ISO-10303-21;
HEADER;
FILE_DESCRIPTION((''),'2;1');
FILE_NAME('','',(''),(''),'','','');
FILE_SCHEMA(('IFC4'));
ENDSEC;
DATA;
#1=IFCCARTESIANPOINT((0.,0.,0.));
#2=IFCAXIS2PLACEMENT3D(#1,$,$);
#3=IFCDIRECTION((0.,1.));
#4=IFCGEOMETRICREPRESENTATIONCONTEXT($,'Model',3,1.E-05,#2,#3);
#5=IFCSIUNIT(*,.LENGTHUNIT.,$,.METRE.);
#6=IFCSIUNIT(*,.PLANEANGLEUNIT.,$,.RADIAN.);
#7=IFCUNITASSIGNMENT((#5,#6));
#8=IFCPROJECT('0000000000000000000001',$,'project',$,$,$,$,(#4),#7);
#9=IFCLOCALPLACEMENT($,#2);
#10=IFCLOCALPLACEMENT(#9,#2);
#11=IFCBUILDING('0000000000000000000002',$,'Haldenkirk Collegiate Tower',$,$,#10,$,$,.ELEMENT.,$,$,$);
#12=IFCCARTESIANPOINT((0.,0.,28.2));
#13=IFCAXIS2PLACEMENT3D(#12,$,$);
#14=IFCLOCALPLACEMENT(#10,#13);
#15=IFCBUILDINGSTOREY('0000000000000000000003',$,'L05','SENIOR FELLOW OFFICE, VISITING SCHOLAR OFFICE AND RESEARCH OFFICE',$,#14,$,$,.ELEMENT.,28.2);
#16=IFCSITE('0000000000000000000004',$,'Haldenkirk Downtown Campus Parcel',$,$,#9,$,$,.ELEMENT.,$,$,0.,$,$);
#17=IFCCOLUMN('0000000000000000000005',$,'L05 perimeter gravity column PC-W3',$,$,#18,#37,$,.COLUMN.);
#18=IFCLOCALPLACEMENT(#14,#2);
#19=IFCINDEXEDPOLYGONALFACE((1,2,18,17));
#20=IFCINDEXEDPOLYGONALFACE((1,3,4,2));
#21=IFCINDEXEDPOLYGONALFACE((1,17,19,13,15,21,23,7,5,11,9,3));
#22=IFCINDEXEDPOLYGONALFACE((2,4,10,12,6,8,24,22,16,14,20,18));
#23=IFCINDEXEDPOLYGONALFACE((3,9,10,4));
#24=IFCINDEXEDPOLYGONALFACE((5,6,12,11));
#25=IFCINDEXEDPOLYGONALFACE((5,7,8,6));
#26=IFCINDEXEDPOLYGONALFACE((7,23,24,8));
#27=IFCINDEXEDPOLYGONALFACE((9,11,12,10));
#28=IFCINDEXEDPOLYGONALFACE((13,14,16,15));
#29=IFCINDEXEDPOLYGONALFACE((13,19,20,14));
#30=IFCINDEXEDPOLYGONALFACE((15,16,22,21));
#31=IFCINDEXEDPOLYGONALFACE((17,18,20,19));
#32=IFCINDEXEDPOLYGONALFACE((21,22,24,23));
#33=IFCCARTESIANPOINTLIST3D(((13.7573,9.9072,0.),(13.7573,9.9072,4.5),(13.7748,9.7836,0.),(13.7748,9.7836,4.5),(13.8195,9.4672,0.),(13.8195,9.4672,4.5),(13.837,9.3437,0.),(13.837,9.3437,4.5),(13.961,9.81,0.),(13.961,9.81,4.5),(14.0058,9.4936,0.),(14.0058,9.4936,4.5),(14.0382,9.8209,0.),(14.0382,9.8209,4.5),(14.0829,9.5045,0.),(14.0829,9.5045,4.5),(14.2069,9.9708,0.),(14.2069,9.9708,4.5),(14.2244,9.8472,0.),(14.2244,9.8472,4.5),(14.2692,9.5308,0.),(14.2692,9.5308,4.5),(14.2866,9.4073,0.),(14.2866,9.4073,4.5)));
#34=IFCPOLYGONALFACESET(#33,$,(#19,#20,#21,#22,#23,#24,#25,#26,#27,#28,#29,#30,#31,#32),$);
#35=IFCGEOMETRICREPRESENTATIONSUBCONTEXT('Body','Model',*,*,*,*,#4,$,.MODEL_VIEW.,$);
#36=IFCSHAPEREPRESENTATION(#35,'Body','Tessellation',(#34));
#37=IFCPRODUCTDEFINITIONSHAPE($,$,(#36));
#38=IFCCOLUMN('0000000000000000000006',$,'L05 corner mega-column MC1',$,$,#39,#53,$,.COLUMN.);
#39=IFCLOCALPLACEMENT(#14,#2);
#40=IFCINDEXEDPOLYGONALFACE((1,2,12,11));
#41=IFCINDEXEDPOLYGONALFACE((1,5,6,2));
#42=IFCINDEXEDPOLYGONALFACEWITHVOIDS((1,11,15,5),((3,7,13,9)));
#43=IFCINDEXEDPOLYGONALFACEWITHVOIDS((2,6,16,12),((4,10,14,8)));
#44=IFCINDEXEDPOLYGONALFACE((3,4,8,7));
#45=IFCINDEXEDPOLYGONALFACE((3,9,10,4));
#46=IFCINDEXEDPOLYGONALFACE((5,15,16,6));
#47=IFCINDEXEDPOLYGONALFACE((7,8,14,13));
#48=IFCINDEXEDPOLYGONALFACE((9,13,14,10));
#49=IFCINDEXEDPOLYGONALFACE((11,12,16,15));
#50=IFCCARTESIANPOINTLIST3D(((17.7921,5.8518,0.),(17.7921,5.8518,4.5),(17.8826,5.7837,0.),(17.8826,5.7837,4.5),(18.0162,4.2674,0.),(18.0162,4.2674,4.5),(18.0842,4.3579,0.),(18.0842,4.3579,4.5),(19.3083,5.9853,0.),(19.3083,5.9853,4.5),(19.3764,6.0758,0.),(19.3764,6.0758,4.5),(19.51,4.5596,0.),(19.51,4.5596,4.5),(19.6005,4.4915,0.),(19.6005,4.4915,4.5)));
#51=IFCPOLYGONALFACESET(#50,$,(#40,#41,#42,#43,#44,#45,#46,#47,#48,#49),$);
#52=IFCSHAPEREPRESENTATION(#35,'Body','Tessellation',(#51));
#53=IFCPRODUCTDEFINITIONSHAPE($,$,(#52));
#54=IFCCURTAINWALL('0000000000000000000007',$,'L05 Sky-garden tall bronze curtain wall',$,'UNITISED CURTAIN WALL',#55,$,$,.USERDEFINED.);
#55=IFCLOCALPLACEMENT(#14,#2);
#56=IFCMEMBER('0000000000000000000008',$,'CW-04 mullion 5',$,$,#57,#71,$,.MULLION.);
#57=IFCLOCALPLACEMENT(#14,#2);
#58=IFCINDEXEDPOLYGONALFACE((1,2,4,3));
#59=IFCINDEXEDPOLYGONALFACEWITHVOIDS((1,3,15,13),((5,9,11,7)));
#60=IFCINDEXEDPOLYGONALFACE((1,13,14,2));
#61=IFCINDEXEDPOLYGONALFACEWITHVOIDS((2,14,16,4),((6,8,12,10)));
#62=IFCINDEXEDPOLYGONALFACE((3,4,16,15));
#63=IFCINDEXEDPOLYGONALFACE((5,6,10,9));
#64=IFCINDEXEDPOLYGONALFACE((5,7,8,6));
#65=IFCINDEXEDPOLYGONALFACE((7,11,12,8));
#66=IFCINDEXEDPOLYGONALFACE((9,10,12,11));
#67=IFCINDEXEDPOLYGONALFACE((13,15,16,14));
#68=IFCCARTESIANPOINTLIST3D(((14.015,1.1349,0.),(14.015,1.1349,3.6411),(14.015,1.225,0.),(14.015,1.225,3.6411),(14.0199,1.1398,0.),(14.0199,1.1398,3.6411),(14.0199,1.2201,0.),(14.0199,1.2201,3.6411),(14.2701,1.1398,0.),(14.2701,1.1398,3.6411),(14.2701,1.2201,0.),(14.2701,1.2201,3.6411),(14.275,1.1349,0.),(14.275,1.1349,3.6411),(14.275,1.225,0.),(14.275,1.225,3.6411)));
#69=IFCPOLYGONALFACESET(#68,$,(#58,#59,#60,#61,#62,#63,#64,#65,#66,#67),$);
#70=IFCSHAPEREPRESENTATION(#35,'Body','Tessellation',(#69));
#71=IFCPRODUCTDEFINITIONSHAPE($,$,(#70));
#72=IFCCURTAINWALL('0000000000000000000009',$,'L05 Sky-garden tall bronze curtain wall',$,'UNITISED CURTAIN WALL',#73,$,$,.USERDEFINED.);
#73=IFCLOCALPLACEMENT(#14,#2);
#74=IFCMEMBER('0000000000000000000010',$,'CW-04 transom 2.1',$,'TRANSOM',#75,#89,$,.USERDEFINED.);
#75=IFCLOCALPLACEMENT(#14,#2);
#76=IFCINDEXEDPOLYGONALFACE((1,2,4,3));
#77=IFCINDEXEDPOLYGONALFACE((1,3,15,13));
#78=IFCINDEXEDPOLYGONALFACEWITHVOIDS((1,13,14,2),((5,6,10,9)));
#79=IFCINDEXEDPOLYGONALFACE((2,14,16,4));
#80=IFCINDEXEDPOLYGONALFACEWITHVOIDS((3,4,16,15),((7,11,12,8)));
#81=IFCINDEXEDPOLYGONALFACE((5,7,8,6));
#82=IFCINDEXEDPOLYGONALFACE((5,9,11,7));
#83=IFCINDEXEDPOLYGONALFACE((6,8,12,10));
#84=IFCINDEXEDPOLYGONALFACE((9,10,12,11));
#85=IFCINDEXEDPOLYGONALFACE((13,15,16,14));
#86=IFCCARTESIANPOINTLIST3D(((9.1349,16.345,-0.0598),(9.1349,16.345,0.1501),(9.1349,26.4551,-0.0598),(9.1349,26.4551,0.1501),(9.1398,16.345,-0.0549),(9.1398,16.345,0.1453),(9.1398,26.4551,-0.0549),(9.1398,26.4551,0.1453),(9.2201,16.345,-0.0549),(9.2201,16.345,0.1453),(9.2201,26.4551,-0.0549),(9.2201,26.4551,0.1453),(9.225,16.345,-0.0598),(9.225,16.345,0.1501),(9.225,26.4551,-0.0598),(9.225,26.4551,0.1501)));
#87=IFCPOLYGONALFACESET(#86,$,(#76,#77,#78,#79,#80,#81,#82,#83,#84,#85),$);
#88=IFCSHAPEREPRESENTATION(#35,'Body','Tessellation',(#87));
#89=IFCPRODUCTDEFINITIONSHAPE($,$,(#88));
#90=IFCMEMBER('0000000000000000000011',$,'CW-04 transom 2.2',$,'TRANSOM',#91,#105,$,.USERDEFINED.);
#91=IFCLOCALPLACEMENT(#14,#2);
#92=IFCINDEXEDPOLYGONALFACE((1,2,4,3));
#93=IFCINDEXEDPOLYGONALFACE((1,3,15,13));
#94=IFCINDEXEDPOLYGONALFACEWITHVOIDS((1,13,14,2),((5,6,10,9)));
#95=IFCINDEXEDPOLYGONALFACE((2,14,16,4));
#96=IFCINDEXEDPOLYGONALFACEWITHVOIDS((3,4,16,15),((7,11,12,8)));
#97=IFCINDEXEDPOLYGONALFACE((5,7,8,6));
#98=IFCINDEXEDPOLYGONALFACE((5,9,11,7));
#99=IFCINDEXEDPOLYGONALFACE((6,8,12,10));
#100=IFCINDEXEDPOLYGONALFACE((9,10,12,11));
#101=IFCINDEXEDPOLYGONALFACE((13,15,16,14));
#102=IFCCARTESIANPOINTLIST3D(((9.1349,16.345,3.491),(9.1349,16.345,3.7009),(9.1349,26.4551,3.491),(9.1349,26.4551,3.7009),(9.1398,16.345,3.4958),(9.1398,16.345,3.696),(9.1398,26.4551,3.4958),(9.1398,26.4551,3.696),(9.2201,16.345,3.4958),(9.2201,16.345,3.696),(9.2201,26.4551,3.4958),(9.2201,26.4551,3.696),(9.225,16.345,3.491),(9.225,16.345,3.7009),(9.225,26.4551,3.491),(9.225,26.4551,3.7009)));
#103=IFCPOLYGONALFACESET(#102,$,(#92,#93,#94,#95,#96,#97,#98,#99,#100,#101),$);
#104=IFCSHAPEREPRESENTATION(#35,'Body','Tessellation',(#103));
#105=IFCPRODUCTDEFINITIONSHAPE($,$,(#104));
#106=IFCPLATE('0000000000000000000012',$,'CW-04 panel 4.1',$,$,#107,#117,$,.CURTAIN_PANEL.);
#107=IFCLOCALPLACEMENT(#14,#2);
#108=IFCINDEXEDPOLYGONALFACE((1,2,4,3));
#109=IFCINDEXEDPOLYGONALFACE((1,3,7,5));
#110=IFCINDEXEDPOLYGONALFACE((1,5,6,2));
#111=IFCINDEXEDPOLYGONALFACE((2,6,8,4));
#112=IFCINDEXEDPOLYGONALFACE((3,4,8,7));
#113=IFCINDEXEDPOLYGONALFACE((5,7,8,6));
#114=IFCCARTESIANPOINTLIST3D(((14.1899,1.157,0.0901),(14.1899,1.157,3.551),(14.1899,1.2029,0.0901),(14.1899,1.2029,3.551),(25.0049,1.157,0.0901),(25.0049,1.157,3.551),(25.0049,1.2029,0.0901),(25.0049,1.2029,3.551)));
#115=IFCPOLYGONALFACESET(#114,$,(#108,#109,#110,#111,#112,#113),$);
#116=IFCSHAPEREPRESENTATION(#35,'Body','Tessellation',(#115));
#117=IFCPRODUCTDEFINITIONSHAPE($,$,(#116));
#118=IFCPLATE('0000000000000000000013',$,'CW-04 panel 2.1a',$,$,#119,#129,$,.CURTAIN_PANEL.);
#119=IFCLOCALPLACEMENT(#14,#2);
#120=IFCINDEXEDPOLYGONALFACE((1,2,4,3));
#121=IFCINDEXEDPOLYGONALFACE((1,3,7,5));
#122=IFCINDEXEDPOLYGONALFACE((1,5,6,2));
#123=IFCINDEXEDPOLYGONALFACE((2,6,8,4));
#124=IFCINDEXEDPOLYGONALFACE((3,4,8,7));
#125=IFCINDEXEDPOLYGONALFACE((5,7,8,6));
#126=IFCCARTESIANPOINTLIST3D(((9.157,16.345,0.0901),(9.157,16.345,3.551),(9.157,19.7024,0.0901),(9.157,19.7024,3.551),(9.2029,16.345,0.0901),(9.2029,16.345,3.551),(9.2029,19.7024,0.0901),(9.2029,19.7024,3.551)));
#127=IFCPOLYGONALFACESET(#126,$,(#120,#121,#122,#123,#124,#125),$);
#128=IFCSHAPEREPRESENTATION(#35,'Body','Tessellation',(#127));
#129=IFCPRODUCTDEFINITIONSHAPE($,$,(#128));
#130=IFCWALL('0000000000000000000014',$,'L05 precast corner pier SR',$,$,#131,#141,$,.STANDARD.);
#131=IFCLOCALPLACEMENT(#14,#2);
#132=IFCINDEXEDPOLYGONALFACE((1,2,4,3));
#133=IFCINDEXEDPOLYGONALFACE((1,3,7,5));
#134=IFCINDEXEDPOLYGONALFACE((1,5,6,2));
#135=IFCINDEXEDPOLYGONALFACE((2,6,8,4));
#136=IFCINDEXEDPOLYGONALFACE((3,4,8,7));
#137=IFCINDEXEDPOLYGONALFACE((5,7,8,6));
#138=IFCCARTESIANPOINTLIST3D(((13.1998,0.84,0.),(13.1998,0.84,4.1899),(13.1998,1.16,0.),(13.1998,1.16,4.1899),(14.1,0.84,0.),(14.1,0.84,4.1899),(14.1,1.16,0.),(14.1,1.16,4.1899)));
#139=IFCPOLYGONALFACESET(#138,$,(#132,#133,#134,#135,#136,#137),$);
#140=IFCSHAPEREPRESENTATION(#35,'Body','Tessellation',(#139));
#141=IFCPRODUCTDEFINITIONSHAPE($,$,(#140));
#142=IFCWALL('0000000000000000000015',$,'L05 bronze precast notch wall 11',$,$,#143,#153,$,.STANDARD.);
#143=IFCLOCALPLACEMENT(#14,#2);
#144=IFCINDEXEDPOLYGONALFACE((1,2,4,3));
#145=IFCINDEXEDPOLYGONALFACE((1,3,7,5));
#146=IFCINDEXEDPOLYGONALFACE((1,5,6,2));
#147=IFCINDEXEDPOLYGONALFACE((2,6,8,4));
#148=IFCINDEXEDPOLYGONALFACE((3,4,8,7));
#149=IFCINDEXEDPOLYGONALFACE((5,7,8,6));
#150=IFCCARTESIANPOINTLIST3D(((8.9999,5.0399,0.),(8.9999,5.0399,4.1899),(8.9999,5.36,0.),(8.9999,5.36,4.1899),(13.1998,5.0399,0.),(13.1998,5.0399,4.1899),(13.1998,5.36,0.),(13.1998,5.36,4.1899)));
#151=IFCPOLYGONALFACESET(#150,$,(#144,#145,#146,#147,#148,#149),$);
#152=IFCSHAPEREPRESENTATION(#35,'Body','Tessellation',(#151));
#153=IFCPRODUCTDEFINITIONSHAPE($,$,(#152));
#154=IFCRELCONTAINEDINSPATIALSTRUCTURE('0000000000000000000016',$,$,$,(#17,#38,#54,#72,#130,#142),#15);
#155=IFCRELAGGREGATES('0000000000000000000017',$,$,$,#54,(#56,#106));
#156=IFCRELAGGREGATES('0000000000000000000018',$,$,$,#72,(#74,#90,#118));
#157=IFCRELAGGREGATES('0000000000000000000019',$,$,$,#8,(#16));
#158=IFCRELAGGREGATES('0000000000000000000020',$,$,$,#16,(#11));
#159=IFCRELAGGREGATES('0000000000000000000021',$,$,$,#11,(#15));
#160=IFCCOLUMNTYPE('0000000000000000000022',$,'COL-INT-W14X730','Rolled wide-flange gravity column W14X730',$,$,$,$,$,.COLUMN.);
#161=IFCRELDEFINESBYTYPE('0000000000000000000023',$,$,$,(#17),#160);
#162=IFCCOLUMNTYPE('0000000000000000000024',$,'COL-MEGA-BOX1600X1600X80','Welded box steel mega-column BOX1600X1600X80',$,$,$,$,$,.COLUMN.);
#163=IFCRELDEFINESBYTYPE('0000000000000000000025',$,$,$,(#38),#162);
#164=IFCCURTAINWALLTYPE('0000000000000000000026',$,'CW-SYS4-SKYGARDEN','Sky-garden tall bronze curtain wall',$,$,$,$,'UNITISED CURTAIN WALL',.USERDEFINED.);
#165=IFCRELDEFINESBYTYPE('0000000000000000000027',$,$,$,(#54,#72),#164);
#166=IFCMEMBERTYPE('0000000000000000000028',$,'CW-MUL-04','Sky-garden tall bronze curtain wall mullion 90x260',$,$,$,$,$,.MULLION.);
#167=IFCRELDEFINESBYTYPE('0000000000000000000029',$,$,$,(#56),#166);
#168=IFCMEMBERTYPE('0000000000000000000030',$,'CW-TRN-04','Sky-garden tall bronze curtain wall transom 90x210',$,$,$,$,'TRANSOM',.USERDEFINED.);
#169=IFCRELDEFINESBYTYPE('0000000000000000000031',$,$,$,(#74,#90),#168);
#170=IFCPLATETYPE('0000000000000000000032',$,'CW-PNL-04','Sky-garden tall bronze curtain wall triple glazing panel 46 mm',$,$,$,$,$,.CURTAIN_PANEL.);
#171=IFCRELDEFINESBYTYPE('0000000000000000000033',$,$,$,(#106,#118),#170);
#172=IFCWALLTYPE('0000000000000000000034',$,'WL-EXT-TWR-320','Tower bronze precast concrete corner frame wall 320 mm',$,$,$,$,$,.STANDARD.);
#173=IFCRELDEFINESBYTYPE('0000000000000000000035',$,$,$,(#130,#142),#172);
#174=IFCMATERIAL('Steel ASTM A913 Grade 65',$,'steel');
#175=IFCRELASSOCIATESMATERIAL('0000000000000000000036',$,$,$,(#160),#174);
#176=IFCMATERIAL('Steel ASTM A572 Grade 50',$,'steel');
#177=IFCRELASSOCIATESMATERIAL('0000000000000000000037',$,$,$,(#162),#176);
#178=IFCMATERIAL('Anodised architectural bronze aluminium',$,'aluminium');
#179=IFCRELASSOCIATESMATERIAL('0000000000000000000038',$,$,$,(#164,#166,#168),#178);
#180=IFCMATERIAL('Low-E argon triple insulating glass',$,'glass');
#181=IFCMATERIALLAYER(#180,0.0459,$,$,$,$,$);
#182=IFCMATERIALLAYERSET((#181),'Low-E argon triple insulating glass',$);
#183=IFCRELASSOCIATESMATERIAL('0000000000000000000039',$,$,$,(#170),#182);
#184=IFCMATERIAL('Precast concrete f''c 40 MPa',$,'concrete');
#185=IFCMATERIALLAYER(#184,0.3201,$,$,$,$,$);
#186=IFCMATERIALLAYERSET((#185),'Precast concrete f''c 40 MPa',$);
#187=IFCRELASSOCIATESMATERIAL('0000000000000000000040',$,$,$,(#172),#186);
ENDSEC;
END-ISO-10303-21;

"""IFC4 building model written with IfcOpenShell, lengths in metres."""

from ifc_helpers import new_model, si_unit, direction, frame, frame_2d, origin, origin_2d, place, context, subcontext, project, spatial, rectangle, hollow_rectangle, i_section, extrude, source, transform, mapped, material, layer, layer_set, material_profile, profile_set, type_object, element, aggregate, save


model = new_model("IFC4")

# Units and contexts
model_context = context("Model", 3, precision=1e-05, world=origin(), true_north=direction((0.0, 1.0)))
body_context = subcontext(model_context, "Body", "Model", "MODEL_VIEW")
ifc_project = project(units=[si_unit("LENGTHUNIT", "METRE"), si_unit("PLANEANGLEUNIT", "RADIAN")], contexts=[model_context])

# Site, building, storey
site_placement = place(None, origin())
site = spatial("IfcSite", under=ifc_project, at=site_placement, Name="Haldenkirk Downtown Campus Parcel", CompositionType="ELEMENT", RefElevation=0.0)
building_placement = place(site_placement, origin())
building = spatial("IfcBuilding", under=site, at=building_placement, Name="Haldenkirk Collegiate Tower", CompositionType="ELEMENT")
storey_placement = place(building_placement, frame((0.0, 0.0, 28.2)))
storey = spatial("IfcBuildingStorey", under=building, at=storey_placement, Name="L05", Description="SENIOR FELLOW OFFICE, VISITING SCHOLAR OFFICE AND RESEARCH OFFICE", CompositionType="ELEMENT", Elevation=28.2)

# Columns
ifc_material_1 = material(Name="Steel ASTM A913 Grade 65", Category="steel")
ifc_material_profile_1 = material_profile(ifc_material_1, i_section(OverallWidth=0.4541, OverallDepth=0.5691, WebThickness=0.0779, FlangeThickness=0.1248, at=origin_2d()), Name="W14X730")
ifc_profile_set_1 = profile_set([ifc_material_profile_1], Name="Steel ASTM A913 Grade 65")
column_type_1 = type_object("IfcColumnType", Name="COL-INT-W14X730", Description="Rolled wide-flange gravity column W14X730", PredefinedType="COLUMN", material=ifc_profile_set_1)
column_1_placement = place(storey_placement, frame((14.022, 9.6572, 0.0), z_axis=(0.0, 0.0, 1.0), x_axis=(0.990146, 0.140037, 0.0)))
element("IfcColumn", 1, at=column_1_placement, inside=storey, type_object=column_type_1, Name="L05 perimeter gravity column PC-W3", PredefinedType="COLUMN", context=body_context, shape_type="SweptSolid", body=[
    extrude(i_section(OverallWidth=0.4541, OverallDepth=0.5691, WebThickness=0.0779, FlangeThickness=0.1248, at=origin_2d()), origin(), (0.0, 0.0, 1.0), 4.5),
])
ifc_material_2 = material(Name="Steel ASTM A572 Grade 50", Category="steel")
ifc_material_profile_2 = material_profile(ifc_material_2, hollow_rectangle(XDim=1.6001, YDim=1.6001, WallThickness=0.0801, at=origin_2d()), Name="BOX1600X1600X80")
ifc_profile_set_2 = profile_set([ifc_material_profile_2], Name="Steel ASTM A572 Grade 50")
column_type_2 = type_object("IfcColumnType", Name="COL-MEGA-BOX1600X1600X80", Description="Welded box steel mega-column BOX1600X1600X80", PredefinedType="COLUMN", material=ifc_profile_set_2)
column_2_placement = place(storey_placement, frame((18.6963, 5.1716, 0.0), z_axis=(0.0, 0.0, 1.0), x_axis=(0.990146, 0.140037, 0.0)))
element("IfcColumn", 2, at=column_2_placement, inside=storey, type_object=column_type_2, Name="L05 corner mega-column MC1", PredefinedType="COLUMN", context=body_context, shape_type="SweptSolid", body=[
    extrude(hollow_rectangle(XDim=1.6001, YDim=1.6001, WallThickness=0.0801, at=origin_2d()), origin(), (0.0, 0.0, 1.0), 4.5),
])

# Curtain wall, member
ifc_material_3 = material(Name="Anodised architectural bronze aluminium", Category="aluminium")
curtain_wall_type = type_object("IfcCurtainWallType", Name="CW-SYS4-SKYGARDEN", Description="Sky-garden tall bronze curtain wall", ElementType="UNITISED CURTAIN WALL", PredefinedType="USERDEFINED", material=ifc_material_3)
curtain_wall_1_placement = place(storey_placement, origin())
curtain_wall_1 = element("IfcCurtainWall", 3, at=curtain_wall_1_placement, inside=storey, type_object=curtain_wall_type, Name="L05 Sky-garden tall bronze curtain wall", ObjectType="UNITISED CURTAIN WALL", PredefinedType="USERDEFINED")
ifc_material_profile_3 = material_profile(ifc_material_3, hollow_rectangle(XDim=0.0901, YDim=0.26, WallThickness=0.0049, at=origin_2d()), Name="CW-MUL-04")
ifc_profile_set_3 = profile_set([ifc_material_profile_3], Name="Anodised architectural bronze aluminium")
member_type_1 = type_object("IfcMemberType", Name="CW-MUL-04", Description="Sky-garden tall bronze curtain wall mullion 90x260", PredefinedType="MULLION", material=ifc_profile_set_3)
member_1_placement = place(storey_placement, frame((14.145, 1.1799, 0.0), z_axis=(0.0, 0.0, 1.0), x_axis=(0.0, -1.0, 0.0)))
member_1 = element("IfcMember", 4, at=member_1_placement, type_object=member_type_1, Name="CW-04 mullion 5", PredefinedType="MULLION", context=body_context, shape_type="SweptSolid", body=[
    extrude(hollow_rectangle(XDim=0.0901, YDim=0.26, WallThickness=0.0049, at=origin_2d()), origin(), (0.0, 0.0, 1.0), 3.6411),
])

# Curtain wall, members
curtain_wall_2_placement = place(storey_placement, origin())
curtain_wall_2 = element("IfcCurtainWall", 5, at=curtain_wall_2_placement, inside=storey, type_object=curtain_wall_type, Name="L05 Sky-garden tall bronze curtain wall", ObjectType="UNITISED CURTAIN WALL", PredefinedType="USERDEFINED")
ifc_material_profile_4 = material_profile(ifc_material_3, hollow_rectangle(XDim=0.0901, YDim=0.21, WallThickness=0.0049, at=origin_2d()), Name="CW-TRN-04")
ifc_profile_set_4 = profile_set([ifc_material_profile_4], Name="Anodised architectural bronze aluminium")
member_type_2 = type_object("IfcMemberType", Name="CW-TRN-04", Description="Sky-garden tall bronze curtain wall transom 90x210", ElementType="TRANSOM", PredefinedType="USERDEFINED", material=ifc_profile_set_4)
member_2_placement = place(storey_placement, frame((9.1799, 16.345, 0.0452), z_axis=(0.0, 1.0, 0.0), x_axis=(-1.0, 0.0, 0.0)))
member_2 = element("IfcMember", 6, at=member_2_placement, type_object=member_type_2, Name="CW-04 transom 2.1", ObjectType="TRANSOM", PredefinedType="USERDEFINED", context=body_context, shape_type="SweptSolid", body=[
    extrude(hollow_rectangle(XDim=0.0901, YDim=0.21, WallThickness=0.0049, at=origin_2d()), origin(), (0.0, 0.0, 1.0), 10.1101),
])
member_3_placement = place(storey_placement, frame((9.1799, 16.345, 3.5959), z_axis=(0.0, 1.0, 0.0), x_axis=(-1.0, 0.0, 0.0)))
member_3 = element("IfcMember", 7, at=member_3_placement, type_object=member_type_2, Name="CW-04 transom 2.2", ObjectType="TRANSOM", PredefinedType="USERDEFINED", context=body_context, shape_type="SweptSolid", body=[
    extrude(hollow_rectangle(XDim=0.0901, YDim=0.21, WallThickness=0.0049, at=origin_2d()), origin(), (0.0, 0.0, 1.0), 10.1101),
])

# Plates
ifc_material_4 = material(Name="Low-E argon triple insulating glass", Category="glass")
ifc_layer_1 = layer(ifc_material_4, 0.0459)
ifc_layer_set_1 = layer_set([ifc_layer_1], Name="Low-E argon triple insulating glass")
plate_type = type_object("IfcPlateType", Name="CW-PNL-04", Description="Sky-garden tall bronze curtain wall triple glazing panel 46 mm", PredefinedType="CURTAIN_PANEL", material=ifc_layer_set_1)
shared_shape_1 = source(origin(), body_context, "Body", "SweptSolid", [
    extrude(rectangle(XDim=10.8149, YDim=0.0459, at=origin_2d()), origin(), (0.0, 0.0, 1.0), 3.4609),
])
plate_1_placement = place(storey_placement, frame((19.5974, 1.1799, 0.0901), z_axis=(0.0, 0.0, 1.0), x_axis=(-1.0, 0.0, 0.0)))
plate_1 = element("IfcPlate", 8, at=plate_1_placement, type_object=plate_type, Name="CW-04 panel 4.1", PredefinedType="CURTAIN_PANEL", context=body_context, shape_type="MappedRepresentation", body=[
    mapped(shared_shape_1, transform((0.0, 0.0, 0.0), x_axis=(1.0, 0.0, 0.0), y_axis=(0.0, 1.0, 0.0), z_axis=(0.0, 0.0, 1.0), scale=1.0)),
])
aggregate(curtain_wall_1, [member_1, plate_1])
shared_shape_2 = source(origin(), body_context, "Body", "SweptSolid", [
    extrude(rectangle(XDim=3.3574, YDim=0.0459, at=origin_2d()), origin(), (0.0, 0.0, 1.0), 3.4609),
])
plate_2_placement = place(storey_placement, frame((9.1799, 18.0237, 0.0901), z_axis=(0.0, 0.0, 1.0), x_axis=(0.0, 1.0, 0.0)))
plate_2 = element("IfcPlate", 9, at=plate_2_placement, type_object=plate_type, Name="CW-04 panel 2.1a", PredefinedType="CURTAIN_PANEL", context=body_context, shape_type="MappedRepresentation", body=[
    mapped(shared_shape_2, transform((0.0, 0.0, 0.0), x_axis=(1.0, 0.0, 0.0), y_axis=(0.0, 1.0, 0.0), z_axis=(0.0, 0.0, 1.0), scale=1.0)),
])
aggregate(curtain_wall_2, [member_2, member_3, plate_2])

# Walls
ifc_material_5 = material(Name="Precast concrete f'c 40 MPa", Category="concrete")
ifc_layer_2 = layer(ifc_material_5, 0.3201)
ifc_layer_set_2 = layer_set([ifc_layer_2], Name="Precast concrete f'c 40 MPa")
wall_type_1 = type_object("IfcWallType", Name="WL-EXT-TWR-320", Description="Tower bronze precast concrete corner frame wall 320 mm", PredefinedType="STANDARD", material=ifc_layer_set_2)
wall_1_placement = place(storey_placement, frame((14.1001, 1.0, 0.0), z_axis=(0.0, 0.0, 1.0), x_axis=(-1.0, 0.0, 0.0)))
element("IfcWall", 10, at=wall_1_placement, inside=storey, type_object=wall_type_1, Name="L05 precast corner pier SR", PredefinedType="STANDARD", context=body_context, shape_type="SweptSolid", body=[
    extrude(rectangle(XDim=0.9001, YDim=0.3201, at=frame_2d((0.4502, 0.0))), origin(), (0.0, 0.0, 1.0), 4.1899),
])
wall_2_placement = place(storey_placement, frame((13.2, 5.2, 0.0), z_axis=(0.0, 0.0, 1.0), x_axis=(-1.0, 0.0, 0.0)))
element("IfcWall", 11, at=wall_2_placement, inside=storey, type_object=wall_type_1, Name="L05 bronze precast notch wall 11", PredefinedType="STANDARD", context=body_context, shape_type="SweptSolid", body=[
    extrude(rectangle(XDim=4.2, YDim=0.3201, at=frame_2d((2.1001, 0.0))), origin(), (0.0, 0.0, 1.0), 4.1899),
])

save(model, "model.ifc")
